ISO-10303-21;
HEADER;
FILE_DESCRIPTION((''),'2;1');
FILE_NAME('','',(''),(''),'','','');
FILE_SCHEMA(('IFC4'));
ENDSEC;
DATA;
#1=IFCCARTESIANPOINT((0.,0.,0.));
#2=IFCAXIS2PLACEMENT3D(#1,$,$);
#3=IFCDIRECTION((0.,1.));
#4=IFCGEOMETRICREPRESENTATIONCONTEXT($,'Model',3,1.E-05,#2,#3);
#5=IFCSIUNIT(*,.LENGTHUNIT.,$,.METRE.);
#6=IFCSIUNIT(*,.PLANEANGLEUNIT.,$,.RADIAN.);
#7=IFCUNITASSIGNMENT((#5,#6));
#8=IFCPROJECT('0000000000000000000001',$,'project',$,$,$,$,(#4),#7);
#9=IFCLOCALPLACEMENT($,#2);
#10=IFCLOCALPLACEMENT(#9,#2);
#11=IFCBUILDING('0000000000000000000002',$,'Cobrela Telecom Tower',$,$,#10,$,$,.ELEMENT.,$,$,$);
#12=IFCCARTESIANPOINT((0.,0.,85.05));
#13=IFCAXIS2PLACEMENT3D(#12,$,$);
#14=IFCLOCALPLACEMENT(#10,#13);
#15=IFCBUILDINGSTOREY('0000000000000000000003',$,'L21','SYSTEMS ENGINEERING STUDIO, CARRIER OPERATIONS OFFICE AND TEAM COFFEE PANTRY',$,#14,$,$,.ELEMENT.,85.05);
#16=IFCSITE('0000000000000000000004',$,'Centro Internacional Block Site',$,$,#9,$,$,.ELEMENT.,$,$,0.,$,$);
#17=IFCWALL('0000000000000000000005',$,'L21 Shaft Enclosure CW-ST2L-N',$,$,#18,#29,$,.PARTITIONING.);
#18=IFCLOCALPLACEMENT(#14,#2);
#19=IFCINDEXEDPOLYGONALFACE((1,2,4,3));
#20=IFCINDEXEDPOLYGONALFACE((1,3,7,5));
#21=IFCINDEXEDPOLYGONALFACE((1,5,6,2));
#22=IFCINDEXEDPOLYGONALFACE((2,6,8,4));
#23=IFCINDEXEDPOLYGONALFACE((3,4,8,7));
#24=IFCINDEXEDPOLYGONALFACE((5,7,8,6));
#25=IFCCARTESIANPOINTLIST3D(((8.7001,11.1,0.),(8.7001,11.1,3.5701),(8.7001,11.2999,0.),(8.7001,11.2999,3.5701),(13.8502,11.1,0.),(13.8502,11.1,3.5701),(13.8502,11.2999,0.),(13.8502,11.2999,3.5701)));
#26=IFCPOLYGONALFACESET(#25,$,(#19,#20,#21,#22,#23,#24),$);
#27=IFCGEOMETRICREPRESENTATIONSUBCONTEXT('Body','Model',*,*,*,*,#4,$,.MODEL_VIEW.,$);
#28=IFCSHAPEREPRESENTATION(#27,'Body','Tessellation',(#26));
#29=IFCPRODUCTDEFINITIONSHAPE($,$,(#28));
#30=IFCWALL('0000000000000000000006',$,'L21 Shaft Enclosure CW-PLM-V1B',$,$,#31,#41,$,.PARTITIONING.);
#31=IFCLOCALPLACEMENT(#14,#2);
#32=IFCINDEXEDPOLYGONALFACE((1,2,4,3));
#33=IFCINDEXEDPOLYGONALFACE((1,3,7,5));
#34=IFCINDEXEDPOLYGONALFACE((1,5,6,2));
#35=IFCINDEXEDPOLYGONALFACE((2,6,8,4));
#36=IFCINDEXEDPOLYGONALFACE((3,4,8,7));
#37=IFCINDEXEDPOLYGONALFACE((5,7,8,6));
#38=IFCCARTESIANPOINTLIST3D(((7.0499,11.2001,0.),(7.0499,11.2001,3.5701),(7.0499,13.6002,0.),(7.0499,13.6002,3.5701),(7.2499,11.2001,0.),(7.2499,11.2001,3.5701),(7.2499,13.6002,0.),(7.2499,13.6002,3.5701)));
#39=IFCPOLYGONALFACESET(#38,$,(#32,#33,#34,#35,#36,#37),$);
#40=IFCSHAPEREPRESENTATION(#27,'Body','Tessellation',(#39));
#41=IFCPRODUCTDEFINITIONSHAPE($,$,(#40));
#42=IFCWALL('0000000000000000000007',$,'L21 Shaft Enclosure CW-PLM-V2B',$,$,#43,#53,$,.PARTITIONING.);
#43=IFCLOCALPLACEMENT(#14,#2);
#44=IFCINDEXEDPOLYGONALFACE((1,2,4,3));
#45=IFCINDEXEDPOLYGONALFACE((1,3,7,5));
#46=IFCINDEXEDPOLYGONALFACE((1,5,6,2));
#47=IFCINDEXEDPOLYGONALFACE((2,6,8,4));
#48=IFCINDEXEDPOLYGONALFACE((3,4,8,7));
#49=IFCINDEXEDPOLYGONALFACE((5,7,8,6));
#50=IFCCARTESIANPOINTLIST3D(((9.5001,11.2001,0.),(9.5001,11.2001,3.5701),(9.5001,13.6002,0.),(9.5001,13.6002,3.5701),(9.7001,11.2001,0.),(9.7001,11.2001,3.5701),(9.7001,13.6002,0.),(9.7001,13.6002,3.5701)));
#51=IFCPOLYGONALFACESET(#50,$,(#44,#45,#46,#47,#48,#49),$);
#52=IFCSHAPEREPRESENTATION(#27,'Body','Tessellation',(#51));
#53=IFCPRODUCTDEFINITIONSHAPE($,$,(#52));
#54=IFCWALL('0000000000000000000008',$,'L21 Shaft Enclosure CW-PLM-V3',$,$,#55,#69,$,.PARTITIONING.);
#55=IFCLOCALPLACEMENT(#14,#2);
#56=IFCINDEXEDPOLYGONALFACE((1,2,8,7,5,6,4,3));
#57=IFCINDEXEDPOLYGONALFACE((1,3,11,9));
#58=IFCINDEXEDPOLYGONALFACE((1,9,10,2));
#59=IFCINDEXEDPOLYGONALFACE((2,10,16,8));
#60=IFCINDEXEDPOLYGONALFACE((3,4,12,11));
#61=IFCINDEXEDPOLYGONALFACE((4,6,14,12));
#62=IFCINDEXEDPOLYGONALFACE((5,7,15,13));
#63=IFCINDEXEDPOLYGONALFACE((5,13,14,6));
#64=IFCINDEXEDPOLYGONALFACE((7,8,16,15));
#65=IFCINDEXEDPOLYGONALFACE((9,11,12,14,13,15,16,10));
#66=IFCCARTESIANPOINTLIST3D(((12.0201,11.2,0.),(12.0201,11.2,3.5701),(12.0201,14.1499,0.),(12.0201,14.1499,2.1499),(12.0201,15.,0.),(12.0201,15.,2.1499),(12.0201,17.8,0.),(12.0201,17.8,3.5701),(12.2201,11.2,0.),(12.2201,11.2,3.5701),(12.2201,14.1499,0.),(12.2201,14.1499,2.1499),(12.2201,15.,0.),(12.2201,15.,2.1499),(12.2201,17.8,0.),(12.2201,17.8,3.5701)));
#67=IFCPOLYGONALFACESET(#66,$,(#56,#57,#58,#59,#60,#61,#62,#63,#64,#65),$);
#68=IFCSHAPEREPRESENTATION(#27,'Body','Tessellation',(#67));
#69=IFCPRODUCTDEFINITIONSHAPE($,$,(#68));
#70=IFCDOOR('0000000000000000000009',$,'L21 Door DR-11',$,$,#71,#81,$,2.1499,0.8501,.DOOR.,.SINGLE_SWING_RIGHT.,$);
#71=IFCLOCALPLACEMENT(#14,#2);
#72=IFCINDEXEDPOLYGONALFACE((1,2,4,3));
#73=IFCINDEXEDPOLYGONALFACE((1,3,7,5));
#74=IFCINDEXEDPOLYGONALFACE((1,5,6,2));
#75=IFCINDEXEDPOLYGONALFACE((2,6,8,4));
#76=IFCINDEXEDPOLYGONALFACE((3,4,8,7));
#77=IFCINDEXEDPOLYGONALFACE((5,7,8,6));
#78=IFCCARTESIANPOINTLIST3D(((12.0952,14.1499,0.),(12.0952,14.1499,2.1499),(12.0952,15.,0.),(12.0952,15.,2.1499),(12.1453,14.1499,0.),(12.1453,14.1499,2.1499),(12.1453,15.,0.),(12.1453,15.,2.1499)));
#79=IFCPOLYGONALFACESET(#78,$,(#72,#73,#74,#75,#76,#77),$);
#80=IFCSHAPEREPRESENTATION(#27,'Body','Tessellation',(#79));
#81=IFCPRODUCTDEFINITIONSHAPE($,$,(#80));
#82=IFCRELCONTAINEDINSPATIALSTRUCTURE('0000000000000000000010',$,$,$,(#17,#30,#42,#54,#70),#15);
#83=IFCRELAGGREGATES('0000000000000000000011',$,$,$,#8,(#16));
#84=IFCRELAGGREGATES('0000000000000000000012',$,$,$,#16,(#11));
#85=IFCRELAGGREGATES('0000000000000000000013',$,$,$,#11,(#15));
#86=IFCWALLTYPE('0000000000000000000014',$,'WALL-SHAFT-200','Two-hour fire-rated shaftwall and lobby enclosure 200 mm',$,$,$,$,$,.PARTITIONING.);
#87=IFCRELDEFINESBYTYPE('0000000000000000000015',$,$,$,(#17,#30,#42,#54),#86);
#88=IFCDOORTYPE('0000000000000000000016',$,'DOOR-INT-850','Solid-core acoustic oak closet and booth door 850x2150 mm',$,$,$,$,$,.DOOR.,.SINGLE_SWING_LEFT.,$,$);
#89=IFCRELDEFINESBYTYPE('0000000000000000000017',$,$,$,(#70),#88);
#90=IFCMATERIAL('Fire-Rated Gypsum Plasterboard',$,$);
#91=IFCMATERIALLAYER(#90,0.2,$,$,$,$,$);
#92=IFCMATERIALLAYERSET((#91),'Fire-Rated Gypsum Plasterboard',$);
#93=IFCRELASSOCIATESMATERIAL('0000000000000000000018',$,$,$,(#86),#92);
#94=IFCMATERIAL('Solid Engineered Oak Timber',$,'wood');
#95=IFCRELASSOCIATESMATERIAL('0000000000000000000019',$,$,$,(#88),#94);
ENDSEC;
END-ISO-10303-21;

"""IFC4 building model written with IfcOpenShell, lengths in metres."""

from ifc_helpers import new_model, si_unit, direction, frame, frame_2d, origin, place, context, subcontext, project, spatial, rectangle, extrude, material, layer, layer_set, type_object, element, fill, save


model = new_model("IFC4")

# Units and contexts
model_context = context("Model", 3, precision=1e-05, world=origin(), true_north=direction((0.0, 1.0)))
body_context = subcontext(model_context, "Body", "Model", "MODEL_VIEW")
ifc_project = project(units=[si_unit("LENGTHUNIT", "METRE"), si_unit("PLANEANGLEUNIT", "RADIAN")], contexts=[model_context])

# Site, building, storey
site_placement = place(None, origin())
site = spatial("IfcSite", under=ifc_project, at=site_placement, Name="Centro Internacional Block Site", CompositionType="ELEMENT", RefElevation=0.0)
building_placement = place(site_placement, origin())
building = spatial("IfcBuilding", under=site, at=building_placement, Name="Cobrela Telecom Tower", CompositionType="ELEMENT")
storey_placement = place(building_placement, frame((0.0, 0.0, 85.05)))
storey = spatial("IfcBuildingStorey", under=building, at=storey_placement, Name="L21", Description="SYSTEMS ENGINEERING STUDIO, CARRIER OPERATIONS OFFICE AND TEAM COFFEE PANTRY", CompositionType="ELEMENT", Elevation=85.05)

# Shared definitions
ifc_material_1 = material(Name="Fire-Rated Gypsum Plasterboard")
ifc_material_2 = material(Name="Solid Engineered Oak Timber", Category="wood")

# Walls
ifc_layer_1 = layer(ifc_material_1, 0.2)
ifc_layer_set_1 = layer_set([ifc_layer_1], Name="Fire-Rated Gypsum Plasterboard")
wall_type_1 = type_object("IfcWallType", Name="WALL-SHAFT-200", Description="Two-hour fire-rated shaftwall and lobby enclosure 200 mm", PredefinedType="PARTITIONING", material=ifc_layer_set_1)
wall_1_placement = place(storey_placement, frame((8.7, 11.2, 0.0), z_axis=(0.0, 0.0, 1.0), x_axis=(1.0, 0.0, 0.0)))
element("IfcWall", 1, at=wall_1_placement, inside=storey, type_object=wall_type_1, Name="L21 Shaft Enclosure CW-ST2L-N", PredefinedType="PARTITIONING", context=body_context, shape_type="SweptSolid", body=[
    extrude(rectangle(XDim=5.1501, YDim=0.2, at=frame_2d((2.5752, 0.0))), origin(), (0.0, 0.0, 1.0), 3.5701),
])
for number, where, z_axis, x_axis, name in (
    (2, (7.1499, 11.2, 0.0), (0.0, 0.0, 1.0), (0.0, 1.0, 0.0), "L21 Shaft Enclosure CW-PLM-V1B"),
    (3, (9.6001, 11.2, 0.0), (0.0, 0.0, 1.0), (0.0, 1.0, 0.0), "L21 Shaft Enclosure CW-PLM-V2B"),
):
    element("IfcWall", number, at=place(storey_placement, frame(where, z_axis=z_axis, x_axis=x_axis)), inside=storey, type_object=wall_type_1, Name=name, PredefinedType="PARTITIONING", context=body_context, shape_type="SweptSolid", body=[
        extrude(rectangle(XDim=2.4001, YDim=0.2, at=frame_2d((1.2002, 0.0))), origin(), (0.0, 0.0, 1.0), 3.5701),
    ])

# Wall, opening, door
wall_2_placement = place(storey_placement, frame((12.1201, 11.2, 0.0), z_axis=(0.0, 0.0, 1.0), x_axis=(0.0, 1.0, 0.0)))
wall_2 = element("IfcWall", 4, at=wall_2_placement, inside=storey, type_object=wall_type_1, Name="L21 Shaft Enclosure CW-PLM-V3", PredefinedType="PARTITIONING", context=body_context, shape_type="SweptSolid", body=[
    extrude(rectangle(XDim=6.6001, YDim=0.2, at=frame_2d((3.3, 0.0))), origin(), (0.0, 0.0, 1.0), 3.5701),
])
opening_1_placement = place(wall_2_placement, frame((2.95, 0.0, 0.0)))
opening_1 = element("IfcOpeningElement", 5, at=opening_1_placement, cuts=wall_2, PredefinedType="OPENING", context=body_context, shape_type="SweptSolid", body=[
    extrude(rectangle(XDim=0.8501, YDim=2.1499, at=frame_2d((0.425, 1.075))), frame((0.0, 0.1118, 0.0), z_axis=(0.0, -1.0, 0.0), x_axis=(1.0, 0.0, 0.0)), (0.0, 0.0, 1.0), 0.2239),
])
door_type_1 = type_object("IfcDoorType", Name="DOOR-INT-850", Description="Solid-core acoustic oak closet and booth door 850x2150 mm", OperationType="SINGLE_SWING_LEFT", PredefinedType="DOOR", material=ifc_material_2)
door_1_placement = place(opening_1_placement, origin())
door_1 = element("IfcDoor", 6, at=door_1_placement, inside=storey, type_object=door_type_1, Name="L21 Door DR-11", OperationType="SINGLE_SWING_RIGHT", OverallHeight=2.1499, OverallWidth=0.8501, PredefinedType="DOOR", context=body_context, shape_type="SweptSolid", body=[
    extrude(rectangle(XDim=0.8501, YDim=2.1499, at=frame_2d((0.425, 1.075))), frame((0.0, 0.0249, 0.0), z_axis=(0.0, -1.0, 0.0), x_axis=(1.0, 0.0, 0.0)), (0.0, 0.0, 1.0), 0.05),
])
fill(opening_1, door_1)

save(model, "model.ifc")
